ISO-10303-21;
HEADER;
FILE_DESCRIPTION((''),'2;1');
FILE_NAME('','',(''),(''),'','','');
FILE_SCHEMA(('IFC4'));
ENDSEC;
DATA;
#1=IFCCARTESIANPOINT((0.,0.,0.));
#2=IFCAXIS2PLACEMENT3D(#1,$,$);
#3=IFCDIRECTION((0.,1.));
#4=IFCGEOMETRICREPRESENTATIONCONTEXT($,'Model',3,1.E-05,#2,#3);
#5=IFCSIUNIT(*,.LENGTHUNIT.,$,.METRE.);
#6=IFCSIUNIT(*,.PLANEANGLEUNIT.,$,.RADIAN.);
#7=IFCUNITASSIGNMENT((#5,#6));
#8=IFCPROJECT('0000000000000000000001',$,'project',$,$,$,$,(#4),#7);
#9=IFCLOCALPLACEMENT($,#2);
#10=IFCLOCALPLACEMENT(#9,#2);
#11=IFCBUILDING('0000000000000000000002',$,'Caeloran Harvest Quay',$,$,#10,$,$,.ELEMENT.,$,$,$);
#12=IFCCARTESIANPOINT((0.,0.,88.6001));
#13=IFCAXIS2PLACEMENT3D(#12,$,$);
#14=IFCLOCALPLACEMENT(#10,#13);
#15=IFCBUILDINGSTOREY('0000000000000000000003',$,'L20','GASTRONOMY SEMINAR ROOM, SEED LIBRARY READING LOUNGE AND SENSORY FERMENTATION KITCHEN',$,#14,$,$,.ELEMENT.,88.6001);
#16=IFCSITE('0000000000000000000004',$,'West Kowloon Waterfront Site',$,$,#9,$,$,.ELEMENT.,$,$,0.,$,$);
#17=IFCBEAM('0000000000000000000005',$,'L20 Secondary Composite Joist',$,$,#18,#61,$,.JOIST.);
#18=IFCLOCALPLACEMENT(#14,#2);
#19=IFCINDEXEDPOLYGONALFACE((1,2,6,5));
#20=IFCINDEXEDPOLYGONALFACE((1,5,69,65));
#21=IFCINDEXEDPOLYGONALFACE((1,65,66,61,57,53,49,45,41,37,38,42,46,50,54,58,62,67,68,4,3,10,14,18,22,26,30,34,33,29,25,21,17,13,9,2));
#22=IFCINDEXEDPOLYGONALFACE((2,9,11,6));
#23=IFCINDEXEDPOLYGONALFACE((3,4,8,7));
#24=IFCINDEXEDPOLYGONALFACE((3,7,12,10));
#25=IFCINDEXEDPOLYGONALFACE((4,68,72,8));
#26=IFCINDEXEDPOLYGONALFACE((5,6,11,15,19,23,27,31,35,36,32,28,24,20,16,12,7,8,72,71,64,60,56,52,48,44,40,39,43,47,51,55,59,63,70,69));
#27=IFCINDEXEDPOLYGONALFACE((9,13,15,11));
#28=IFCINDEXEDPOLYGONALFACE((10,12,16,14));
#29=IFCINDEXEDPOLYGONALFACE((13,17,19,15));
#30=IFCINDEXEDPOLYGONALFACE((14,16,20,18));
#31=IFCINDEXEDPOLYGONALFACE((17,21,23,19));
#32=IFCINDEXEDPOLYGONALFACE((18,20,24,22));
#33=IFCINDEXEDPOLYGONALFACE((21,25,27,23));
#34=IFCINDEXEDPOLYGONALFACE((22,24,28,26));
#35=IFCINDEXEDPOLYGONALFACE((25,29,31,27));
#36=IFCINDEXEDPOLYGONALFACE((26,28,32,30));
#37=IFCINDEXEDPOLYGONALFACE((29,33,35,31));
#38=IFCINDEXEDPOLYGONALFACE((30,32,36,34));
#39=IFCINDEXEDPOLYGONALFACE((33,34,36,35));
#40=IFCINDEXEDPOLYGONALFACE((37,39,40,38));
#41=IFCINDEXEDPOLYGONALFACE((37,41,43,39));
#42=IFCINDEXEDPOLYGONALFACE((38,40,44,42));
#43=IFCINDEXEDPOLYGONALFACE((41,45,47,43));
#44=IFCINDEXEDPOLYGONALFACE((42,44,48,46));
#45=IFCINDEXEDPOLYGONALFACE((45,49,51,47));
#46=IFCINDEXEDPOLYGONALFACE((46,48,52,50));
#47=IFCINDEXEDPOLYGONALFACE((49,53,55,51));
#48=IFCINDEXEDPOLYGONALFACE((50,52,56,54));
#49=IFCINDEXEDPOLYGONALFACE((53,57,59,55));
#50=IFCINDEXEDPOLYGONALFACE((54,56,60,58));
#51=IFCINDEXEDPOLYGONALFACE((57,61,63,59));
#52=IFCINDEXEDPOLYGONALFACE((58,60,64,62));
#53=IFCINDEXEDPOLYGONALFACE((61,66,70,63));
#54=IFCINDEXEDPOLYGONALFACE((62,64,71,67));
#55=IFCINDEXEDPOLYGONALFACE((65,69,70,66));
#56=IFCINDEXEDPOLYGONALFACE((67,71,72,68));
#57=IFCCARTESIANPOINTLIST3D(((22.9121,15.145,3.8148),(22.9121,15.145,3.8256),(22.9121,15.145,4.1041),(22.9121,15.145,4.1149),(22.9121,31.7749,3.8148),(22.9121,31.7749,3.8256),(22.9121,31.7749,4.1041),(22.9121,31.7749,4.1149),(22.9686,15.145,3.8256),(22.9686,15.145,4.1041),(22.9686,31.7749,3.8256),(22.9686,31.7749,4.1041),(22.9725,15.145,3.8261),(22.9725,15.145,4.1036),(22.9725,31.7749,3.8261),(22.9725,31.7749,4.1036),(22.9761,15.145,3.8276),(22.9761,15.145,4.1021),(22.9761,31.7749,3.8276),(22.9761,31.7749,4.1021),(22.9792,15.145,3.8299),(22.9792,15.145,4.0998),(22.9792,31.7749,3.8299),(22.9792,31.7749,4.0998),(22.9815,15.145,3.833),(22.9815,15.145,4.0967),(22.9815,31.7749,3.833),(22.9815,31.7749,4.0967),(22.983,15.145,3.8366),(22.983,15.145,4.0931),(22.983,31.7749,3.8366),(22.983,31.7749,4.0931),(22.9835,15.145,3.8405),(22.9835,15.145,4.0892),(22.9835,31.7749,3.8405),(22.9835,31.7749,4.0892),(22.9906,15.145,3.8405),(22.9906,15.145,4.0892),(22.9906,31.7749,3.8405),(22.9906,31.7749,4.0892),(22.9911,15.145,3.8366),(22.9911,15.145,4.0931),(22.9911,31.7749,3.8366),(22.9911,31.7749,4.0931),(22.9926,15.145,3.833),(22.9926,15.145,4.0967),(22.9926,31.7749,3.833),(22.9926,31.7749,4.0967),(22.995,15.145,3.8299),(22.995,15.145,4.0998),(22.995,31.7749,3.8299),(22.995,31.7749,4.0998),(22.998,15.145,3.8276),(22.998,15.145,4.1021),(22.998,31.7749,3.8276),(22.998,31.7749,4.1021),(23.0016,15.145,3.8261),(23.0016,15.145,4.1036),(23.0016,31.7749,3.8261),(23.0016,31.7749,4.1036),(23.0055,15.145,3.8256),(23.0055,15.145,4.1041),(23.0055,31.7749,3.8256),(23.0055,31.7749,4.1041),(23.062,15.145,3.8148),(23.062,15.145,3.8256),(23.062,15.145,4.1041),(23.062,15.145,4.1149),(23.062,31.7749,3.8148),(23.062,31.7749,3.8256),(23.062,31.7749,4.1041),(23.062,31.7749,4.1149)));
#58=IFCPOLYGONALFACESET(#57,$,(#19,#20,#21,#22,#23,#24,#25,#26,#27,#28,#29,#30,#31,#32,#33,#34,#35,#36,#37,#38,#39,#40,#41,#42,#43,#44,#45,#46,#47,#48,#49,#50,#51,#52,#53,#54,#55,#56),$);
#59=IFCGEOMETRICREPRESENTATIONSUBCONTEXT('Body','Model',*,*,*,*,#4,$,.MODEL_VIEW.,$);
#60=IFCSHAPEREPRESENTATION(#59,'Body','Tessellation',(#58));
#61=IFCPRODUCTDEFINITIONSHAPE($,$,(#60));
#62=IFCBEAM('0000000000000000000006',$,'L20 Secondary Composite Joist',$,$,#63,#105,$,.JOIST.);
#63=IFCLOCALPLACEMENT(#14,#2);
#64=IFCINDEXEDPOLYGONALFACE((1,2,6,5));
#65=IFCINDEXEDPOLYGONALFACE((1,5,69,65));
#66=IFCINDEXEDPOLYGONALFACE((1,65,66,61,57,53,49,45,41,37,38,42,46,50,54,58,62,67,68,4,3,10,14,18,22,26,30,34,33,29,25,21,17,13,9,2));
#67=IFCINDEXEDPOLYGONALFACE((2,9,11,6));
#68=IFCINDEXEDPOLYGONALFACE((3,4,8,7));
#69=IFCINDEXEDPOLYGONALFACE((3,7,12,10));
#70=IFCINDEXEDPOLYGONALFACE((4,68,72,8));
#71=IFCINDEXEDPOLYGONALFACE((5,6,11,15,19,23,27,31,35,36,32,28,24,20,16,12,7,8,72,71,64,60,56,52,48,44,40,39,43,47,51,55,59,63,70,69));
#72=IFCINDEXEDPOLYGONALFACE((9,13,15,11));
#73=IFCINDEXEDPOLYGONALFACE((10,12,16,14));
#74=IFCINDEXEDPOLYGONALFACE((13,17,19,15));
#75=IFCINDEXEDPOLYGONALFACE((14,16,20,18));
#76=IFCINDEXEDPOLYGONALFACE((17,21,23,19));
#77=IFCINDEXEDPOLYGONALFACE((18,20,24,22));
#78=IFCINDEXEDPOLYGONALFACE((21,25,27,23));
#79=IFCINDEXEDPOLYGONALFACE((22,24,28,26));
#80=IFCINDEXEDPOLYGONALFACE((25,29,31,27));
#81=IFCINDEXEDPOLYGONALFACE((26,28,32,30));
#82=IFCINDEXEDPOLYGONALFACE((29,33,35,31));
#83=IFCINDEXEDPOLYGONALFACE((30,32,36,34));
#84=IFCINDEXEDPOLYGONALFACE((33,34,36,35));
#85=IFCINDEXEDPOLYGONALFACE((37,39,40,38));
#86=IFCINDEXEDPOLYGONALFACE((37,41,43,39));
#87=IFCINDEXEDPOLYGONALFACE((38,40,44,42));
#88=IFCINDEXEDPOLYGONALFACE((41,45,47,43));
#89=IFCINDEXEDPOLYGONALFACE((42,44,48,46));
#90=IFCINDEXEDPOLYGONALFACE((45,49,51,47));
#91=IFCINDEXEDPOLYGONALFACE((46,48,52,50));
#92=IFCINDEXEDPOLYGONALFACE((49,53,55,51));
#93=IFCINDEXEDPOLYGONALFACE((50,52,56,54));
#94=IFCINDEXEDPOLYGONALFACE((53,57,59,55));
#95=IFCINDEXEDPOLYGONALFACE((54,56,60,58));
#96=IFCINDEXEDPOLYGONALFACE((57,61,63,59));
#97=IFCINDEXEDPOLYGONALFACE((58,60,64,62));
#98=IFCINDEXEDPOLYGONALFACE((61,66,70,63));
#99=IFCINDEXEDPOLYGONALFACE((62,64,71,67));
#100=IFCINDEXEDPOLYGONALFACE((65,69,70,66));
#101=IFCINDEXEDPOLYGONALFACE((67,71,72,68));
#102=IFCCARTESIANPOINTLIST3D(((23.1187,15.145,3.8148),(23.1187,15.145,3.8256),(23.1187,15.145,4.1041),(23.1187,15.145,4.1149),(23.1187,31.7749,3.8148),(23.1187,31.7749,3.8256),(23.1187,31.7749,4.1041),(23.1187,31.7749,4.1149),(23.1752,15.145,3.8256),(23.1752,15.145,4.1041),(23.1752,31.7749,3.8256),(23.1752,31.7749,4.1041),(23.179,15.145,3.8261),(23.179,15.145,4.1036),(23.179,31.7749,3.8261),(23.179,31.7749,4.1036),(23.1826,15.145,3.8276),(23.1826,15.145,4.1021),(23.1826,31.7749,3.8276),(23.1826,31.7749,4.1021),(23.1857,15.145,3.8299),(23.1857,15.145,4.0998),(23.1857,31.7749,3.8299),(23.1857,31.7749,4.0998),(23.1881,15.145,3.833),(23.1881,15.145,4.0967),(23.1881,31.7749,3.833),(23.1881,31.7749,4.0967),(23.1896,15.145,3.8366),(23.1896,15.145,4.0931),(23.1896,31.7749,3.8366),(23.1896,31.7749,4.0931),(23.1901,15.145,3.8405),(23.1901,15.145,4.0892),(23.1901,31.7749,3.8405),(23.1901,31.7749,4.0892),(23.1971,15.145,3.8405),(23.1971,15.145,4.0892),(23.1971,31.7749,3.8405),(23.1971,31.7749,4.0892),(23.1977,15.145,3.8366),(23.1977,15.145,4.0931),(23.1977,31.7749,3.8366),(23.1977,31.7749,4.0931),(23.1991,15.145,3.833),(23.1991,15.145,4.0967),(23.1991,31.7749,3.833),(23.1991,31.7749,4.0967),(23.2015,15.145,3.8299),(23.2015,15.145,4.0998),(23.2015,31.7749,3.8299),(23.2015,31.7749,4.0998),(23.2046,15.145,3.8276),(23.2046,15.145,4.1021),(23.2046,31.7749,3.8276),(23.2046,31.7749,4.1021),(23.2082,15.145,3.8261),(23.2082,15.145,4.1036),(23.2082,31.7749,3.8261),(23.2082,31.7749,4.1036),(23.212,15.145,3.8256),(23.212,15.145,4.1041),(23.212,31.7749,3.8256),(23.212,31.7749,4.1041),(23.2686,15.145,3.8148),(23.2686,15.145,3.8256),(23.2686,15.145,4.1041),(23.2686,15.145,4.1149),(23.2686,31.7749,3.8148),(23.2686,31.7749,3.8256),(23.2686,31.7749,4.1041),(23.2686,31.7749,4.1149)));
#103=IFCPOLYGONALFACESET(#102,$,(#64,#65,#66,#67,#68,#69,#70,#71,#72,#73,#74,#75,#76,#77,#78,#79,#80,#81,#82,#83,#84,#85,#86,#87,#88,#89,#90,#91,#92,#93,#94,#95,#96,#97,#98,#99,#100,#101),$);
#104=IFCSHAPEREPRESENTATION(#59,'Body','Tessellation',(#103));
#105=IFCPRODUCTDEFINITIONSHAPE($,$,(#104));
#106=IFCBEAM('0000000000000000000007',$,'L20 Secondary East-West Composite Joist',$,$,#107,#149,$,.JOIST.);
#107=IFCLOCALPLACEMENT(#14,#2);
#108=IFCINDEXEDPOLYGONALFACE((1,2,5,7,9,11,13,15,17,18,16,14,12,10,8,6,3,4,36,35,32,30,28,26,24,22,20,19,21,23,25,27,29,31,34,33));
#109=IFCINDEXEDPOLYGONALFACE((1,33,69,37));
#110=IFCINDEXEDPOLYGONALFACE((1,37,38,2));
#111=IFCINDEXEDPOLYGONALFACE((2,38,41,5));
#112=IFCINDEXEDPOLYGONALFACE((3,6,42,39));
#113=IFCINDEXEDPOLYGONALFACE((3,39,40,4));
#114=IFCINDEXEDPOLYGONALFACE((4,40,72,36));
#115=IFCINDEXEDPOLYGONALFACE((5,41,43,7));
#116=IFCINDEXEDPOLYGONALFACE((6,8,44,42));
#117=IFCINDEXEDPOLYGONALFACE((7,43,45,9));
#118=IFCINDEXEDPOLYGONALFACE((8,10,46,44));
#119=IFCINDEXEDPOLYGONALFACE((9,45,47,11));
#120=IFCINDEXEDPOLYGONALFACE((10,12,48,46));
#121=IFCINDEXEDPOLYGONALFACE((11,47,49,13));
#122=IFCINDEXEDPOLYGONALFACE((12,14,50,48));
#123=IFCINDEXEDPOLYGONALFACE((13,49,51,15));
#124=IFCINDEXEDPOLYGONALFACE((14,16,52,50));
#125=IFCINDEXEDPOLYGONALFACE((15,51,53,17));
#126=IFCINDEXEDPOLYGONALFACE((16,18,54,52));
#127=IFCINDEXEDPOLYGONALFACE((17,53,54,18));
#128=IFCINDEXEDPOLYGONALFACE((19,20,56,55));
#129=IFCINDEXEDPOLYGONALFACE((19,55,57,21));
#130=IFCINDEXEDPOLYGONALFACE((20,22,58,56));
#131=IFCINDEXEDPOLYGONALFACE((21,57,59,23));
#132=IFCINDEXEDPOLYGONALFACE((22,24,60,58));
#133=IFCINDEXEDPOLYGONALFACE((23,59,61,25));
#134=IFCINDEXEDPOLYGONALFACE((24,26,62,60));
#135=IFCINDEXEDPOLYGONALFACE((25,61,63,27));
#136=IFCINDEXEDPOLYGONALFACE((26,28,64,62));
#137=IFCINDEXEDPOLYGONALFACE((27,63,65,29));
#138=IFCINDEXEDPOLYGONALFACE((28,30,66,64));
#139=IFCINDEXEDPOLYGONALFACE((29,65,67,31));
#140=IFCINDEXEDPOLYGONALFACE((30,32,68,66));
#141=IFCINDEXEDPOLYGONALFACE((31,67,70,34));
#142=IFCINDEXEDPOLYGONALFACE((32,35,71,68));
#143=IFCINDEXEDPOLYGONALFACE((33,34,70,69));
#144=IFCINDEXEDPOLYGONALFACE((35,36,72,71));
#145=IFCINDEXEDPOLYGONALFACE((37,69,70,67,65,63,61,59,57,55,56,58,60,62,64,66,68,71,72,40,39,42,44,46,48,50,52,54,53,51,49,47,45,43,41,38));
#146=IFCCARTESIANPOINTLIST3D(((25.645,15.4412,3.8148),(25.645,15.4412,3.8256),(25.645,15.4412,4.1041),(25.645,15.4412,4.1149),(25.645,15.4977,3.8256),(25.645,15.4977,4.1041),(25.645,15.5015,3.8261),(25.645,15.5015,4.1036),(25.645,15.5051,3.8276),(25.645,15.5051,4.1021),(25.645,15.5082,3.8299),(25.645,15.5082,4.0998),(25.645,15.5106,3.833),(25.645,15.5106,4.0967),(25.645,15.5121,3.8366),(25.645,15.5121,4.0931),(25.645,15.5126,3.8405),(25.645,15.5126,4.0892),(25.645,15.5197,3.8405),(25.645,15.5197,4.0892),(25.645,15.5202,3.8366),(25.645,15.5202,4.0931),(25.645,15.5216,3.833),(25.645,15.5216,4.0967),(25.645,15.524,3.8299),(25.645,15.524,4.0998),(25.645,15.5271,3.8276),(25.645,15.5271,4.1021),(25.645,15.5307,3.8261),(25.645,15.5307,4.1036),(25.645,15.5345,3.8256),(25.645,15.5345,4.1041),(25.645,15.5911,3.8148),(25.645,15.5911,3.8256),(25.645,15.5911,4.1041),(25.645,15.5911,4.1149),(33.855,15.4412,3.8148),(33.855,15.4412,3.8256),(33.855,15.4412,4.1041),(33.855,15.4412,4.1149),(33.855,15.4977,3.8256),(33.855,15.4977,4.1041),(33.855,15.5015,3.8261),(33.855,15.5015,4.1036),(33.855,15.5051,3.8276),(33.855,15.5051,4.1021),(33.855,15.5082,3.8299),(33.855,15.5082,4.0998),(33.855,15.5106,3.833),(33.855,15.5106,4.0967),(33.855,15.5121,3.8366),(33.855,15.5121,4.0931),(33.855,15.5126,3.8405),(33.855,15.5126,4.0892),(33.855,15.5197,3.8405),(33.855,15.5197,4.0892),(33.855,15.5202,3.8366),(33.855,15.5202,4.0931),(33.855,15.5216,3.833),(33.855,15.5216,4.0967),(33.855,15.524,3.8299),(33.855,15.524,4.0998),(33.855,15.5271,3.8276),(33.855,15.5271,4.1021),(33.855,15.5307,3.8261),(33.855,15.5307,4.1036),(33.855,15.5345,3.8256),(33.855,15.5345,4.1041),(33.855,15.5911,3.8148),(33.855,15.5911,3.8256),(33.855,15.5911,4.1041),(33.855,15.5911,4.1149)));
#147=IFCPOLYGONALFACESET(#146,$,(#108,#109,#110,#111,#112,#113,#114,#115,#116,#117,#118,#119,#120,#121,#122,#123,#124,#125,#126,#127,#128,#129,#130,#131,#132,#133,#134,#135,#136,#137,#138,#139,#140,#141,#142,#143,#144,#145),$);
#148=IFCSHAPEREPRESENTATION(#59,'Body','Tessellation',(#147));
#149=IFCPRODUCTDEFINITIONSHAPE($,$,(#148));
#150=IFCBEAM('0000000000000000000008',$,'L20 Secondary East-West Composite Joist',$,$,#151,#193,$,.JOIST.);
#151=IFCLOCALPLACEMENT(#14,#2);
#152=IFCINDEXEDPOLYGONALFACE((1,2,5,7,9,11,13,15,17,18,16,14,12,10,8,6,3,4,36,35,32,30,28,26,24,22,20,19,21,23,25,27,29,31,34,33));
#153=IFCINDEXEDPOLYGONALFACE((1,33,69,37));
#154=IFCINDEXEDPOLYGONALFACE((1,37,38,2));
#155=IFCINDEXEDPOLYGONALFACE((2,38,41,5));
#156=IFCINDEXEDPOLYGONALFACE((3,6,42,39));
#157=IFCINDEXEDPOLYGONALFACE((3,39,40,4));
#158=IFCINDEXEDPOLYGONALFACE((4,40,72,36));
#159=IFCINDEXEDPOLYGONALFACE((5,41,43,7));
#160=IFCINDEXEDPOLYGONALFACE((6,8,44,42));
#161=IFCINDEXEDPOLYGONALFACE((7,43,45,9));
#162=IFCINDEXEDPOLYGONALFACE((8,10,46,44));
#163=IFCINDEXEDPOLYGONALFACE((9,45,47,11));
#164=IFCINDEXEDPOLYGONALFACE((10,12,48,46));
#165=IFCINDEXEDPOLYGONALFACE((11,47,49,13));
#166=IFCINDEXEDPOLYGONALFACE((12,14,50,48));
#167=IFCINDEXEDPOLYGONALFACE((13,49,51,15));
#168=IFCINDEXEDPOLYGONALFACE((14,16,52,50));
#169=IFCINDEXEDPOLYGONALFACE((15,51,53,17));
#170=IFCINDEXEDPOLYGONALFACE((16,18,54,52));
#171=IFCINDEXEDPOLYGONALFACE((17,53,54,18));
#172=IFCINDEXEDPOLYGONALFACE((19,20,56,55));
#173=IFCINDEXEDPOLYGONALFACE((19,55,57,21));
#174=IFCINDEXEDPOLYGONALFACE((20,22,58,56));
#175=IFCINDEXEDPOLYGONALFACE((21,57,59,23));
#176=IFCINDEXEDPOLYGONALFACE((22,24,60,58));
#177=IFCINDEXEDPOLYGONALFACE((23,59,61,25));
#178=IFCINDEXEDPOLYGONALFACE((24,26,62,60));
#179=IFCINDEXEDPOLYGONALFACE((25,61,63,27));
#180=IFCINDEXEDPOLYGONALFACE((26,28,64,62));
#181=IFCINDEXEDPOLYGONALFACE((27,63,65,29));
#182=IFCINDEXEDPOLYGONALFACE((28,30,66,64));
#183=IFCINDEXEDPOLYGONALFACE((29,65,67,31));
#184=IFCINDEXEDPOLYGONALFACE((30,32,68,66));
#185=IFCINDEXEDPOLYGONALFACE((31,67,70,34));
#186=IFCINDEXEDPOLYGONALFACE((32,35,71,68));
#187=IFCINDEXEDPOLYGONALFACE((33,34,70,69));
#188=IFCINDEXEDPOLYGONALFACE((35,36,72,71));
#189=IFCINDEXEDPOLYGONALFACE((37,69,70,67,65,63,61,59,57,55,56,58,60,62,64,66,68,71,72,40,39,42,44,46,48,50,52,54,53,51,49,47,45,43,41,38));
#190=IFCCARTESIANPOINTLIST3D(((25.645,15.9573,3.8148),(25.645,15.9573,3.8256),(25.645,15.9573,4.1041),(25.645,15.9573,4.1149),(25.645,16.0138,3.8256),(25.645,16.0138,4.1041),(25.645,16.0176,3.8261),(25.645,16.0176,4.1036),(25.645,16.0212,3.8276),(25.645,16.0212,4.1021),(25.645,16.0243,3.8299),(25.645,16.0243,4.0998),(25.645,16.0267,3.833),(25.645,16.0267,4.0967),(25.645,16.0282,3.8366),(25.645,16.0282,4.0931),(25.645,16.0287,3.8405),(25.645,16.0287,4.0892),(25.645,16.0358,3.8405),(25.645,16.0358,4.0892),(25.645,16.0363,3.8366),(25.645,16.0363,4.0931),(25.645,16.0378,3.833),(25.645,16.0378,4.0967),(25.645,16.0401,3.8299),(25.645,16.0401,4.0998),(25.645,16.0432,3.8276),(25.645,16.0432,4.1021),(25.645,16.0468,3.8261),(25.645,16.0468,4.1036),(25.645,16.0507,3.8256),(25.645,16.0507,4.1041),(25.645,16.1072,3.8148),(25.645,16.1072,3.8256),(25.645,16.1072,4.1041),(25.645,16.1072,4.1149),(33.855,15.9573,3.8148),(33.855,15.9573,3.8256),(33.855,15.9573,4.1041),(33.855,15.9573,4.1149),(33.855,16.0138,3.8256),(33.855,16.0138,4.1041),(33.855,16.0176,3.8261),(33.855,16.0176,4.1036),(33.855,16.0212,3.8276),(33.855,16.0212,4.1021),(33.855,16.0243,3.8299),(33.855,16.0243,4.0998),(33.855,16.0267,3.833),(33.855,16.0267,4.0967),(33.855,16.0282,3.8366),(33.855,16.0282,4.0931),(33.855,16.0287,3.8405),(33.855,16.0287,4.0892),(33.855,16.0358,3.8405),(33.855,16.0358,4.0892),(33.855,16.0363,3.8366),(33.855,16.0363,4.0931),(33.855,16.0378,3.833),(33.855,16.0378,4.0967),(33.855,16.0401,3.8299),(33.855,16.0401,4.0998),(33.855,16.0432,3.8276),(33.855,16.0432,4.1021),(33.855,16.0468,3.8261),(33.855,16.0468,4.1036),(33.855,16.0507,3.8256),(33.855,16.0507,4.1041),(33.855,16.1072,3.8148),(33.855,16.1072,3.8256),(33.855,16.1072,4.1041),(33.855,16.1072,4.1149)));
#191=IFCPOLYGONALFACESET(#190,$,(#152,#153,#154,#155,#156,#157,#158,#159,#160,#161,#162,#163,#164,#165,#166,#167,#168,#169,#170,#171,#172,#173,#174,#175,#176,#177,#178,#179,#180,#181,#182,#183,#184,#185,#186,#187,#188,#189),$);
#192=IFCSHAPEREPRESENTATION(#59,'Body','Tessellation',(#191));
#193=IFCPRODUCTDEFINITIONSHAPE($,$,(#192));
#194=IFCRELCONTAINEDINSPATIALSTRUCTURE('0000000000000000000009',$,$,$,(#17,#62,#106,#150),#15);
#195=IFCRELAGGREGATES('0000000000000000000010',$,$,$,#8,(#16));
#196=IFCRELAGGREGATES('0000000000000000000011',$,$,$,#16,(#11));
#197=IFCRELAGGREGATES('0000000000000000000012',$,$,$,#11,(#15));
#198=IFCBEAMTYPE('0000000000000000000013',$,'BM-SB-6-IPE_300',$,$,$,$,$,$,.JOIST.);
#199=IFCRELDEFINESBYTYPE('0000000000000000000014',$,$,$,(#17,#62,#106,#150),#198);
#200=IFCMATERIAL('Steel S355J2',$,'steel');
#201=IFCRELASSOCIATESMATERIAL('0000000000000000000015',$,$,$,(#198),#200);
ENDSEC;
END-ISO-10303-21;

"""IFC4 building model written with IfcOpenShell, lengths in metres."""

from ifc_helpers import new_model, si_unit, direction, frame, origin, origin_2d, place, context, subcontext, project, spatial, i_section, extrude, material, material_profile, profile_set, type_object, element, save


model = new_model("IFC4")

# Units and contexts
model_context = context("Model", 3, precision=1e-05, world=origin(), true_north=direction((0.0, 1.0)))
body_context = subcontext(model_context, "Body", "Model", "MODEL_VIEW")
ifc_project = project(units=[si_unit("LENGTHUNIT", "METRE"), si_unit("PLANEANGLEUNIT", "RADIAN")], contexts=[model_context])

# Site, building, storey
site_placement = place(None, origin())
site = spatial("IfcSite", under=ifc_project, at=site_placement, Name="West Kowloon Waterfront Site", CompositionType="ELEMENT", RefElevation=0.0)
building_placement = place(site_placement, origin())
building = spatial("IfcBuilding", under=site, at=building_placement, Name="Caeloran Harvest Quay", CompositionType="ELEMENT")
storey_placement = place(building_placement, frame((0.0, 0.0, 88.6001)))
storey = spatial("IfcBuildingStorey", under=building, at=storey_placement, Name="L20", Description="GASTRONOMY SEMINAR ROOM, SEED LIBRARY READING LOUNGE AND SENSORY FERMENTATION KITCHEN", CompositionType="ELEMENT", Elevation=88.6001)

# Beams
ifc_material_1 = material(Name="Steel S355J2", Category="steel")
ifc_material_profile_1 = material_profile(ifc_material_1, i_section(OverallWidth=0.1499, OverallDepth=0.3, WebThickness=0.0071, FlangeThickness=0.0107, FilletRadius=0.0149, at=origin_2d()), Name="IPE 300")
ifc_profile_set_1 = profile_set([ifc_material_profile_1], Name="Steel S355J2")
beam_type_1 = type_object("IfcBeamType", Name="BM-SB-6-IPE_300", PredefinedType="JOIST", material=ifc_profile_set_1)
for number, where, z_axis, x_axis, name in (
    (1, (22.9871, 15.145, 3.9648), (0.0, 1.0, 0.0), (-1.0, 0.0, 0.0), "L20 Secondary Composite Joist"),
    (2, (23.1936, 15.145, 3.9648), (0.0, 1.0, 0.0), (-1.0, 0.0, 0.0), "L20 Secondary Composite Joist"),
):
    element("IfcBeam", number, at=place(storey_placement, frame(where, z_axis=z_axis, x_axis=x_axis)), inside=storey, type_object=beam_type_1, Name=name, PredefinedType="JOIST", context=body_context, shape_type="SweptSolid", body=[
        extrude(i_section(OverallWidth=0.1499, OverallDepth=0.3, WebThickness=0.0071, FlangeThickness=0.0107, FilletRadius=0.0149, at=origin_2d()), origin(), (0.0, 0.0, 1.0), 16.6299),
    ])
for number, where, z_axis, x_axis, name in (
    (3, (25.645, 15.5161, 3.9648), (1.0, 0.0, 0.0), (0.0, 1.0, 0.0), "L20 Secondary East-West Composite Joist"),
    (4, (25.645, 16.0322, 3.9648), (1.0, 0.0, 0.0), (0.0, 1.0, 0.0), "L20 Secondary East-West Composite Joist"),
):
    element("IfcBeam", number, at=place(storey_placement, frame(where, z_axis=z_axis, x_axis=x_axis)), inside=storey, type_object=beam_type_1, Name=name, PredefinedType="JOIST", context=body_context, shape_type="SweptSolid", body=[
        extrude(i_section(OverallWidth=0.1499, OverallDepth=0.3, WebThickness=0.0071, FlangeThickness=0.0107, FilletRadius=0.0149, at=origin_2d()), origin(), (0.0, 0.0, 1.0), 8.21),
    ])

save(model, "model.ifc")
